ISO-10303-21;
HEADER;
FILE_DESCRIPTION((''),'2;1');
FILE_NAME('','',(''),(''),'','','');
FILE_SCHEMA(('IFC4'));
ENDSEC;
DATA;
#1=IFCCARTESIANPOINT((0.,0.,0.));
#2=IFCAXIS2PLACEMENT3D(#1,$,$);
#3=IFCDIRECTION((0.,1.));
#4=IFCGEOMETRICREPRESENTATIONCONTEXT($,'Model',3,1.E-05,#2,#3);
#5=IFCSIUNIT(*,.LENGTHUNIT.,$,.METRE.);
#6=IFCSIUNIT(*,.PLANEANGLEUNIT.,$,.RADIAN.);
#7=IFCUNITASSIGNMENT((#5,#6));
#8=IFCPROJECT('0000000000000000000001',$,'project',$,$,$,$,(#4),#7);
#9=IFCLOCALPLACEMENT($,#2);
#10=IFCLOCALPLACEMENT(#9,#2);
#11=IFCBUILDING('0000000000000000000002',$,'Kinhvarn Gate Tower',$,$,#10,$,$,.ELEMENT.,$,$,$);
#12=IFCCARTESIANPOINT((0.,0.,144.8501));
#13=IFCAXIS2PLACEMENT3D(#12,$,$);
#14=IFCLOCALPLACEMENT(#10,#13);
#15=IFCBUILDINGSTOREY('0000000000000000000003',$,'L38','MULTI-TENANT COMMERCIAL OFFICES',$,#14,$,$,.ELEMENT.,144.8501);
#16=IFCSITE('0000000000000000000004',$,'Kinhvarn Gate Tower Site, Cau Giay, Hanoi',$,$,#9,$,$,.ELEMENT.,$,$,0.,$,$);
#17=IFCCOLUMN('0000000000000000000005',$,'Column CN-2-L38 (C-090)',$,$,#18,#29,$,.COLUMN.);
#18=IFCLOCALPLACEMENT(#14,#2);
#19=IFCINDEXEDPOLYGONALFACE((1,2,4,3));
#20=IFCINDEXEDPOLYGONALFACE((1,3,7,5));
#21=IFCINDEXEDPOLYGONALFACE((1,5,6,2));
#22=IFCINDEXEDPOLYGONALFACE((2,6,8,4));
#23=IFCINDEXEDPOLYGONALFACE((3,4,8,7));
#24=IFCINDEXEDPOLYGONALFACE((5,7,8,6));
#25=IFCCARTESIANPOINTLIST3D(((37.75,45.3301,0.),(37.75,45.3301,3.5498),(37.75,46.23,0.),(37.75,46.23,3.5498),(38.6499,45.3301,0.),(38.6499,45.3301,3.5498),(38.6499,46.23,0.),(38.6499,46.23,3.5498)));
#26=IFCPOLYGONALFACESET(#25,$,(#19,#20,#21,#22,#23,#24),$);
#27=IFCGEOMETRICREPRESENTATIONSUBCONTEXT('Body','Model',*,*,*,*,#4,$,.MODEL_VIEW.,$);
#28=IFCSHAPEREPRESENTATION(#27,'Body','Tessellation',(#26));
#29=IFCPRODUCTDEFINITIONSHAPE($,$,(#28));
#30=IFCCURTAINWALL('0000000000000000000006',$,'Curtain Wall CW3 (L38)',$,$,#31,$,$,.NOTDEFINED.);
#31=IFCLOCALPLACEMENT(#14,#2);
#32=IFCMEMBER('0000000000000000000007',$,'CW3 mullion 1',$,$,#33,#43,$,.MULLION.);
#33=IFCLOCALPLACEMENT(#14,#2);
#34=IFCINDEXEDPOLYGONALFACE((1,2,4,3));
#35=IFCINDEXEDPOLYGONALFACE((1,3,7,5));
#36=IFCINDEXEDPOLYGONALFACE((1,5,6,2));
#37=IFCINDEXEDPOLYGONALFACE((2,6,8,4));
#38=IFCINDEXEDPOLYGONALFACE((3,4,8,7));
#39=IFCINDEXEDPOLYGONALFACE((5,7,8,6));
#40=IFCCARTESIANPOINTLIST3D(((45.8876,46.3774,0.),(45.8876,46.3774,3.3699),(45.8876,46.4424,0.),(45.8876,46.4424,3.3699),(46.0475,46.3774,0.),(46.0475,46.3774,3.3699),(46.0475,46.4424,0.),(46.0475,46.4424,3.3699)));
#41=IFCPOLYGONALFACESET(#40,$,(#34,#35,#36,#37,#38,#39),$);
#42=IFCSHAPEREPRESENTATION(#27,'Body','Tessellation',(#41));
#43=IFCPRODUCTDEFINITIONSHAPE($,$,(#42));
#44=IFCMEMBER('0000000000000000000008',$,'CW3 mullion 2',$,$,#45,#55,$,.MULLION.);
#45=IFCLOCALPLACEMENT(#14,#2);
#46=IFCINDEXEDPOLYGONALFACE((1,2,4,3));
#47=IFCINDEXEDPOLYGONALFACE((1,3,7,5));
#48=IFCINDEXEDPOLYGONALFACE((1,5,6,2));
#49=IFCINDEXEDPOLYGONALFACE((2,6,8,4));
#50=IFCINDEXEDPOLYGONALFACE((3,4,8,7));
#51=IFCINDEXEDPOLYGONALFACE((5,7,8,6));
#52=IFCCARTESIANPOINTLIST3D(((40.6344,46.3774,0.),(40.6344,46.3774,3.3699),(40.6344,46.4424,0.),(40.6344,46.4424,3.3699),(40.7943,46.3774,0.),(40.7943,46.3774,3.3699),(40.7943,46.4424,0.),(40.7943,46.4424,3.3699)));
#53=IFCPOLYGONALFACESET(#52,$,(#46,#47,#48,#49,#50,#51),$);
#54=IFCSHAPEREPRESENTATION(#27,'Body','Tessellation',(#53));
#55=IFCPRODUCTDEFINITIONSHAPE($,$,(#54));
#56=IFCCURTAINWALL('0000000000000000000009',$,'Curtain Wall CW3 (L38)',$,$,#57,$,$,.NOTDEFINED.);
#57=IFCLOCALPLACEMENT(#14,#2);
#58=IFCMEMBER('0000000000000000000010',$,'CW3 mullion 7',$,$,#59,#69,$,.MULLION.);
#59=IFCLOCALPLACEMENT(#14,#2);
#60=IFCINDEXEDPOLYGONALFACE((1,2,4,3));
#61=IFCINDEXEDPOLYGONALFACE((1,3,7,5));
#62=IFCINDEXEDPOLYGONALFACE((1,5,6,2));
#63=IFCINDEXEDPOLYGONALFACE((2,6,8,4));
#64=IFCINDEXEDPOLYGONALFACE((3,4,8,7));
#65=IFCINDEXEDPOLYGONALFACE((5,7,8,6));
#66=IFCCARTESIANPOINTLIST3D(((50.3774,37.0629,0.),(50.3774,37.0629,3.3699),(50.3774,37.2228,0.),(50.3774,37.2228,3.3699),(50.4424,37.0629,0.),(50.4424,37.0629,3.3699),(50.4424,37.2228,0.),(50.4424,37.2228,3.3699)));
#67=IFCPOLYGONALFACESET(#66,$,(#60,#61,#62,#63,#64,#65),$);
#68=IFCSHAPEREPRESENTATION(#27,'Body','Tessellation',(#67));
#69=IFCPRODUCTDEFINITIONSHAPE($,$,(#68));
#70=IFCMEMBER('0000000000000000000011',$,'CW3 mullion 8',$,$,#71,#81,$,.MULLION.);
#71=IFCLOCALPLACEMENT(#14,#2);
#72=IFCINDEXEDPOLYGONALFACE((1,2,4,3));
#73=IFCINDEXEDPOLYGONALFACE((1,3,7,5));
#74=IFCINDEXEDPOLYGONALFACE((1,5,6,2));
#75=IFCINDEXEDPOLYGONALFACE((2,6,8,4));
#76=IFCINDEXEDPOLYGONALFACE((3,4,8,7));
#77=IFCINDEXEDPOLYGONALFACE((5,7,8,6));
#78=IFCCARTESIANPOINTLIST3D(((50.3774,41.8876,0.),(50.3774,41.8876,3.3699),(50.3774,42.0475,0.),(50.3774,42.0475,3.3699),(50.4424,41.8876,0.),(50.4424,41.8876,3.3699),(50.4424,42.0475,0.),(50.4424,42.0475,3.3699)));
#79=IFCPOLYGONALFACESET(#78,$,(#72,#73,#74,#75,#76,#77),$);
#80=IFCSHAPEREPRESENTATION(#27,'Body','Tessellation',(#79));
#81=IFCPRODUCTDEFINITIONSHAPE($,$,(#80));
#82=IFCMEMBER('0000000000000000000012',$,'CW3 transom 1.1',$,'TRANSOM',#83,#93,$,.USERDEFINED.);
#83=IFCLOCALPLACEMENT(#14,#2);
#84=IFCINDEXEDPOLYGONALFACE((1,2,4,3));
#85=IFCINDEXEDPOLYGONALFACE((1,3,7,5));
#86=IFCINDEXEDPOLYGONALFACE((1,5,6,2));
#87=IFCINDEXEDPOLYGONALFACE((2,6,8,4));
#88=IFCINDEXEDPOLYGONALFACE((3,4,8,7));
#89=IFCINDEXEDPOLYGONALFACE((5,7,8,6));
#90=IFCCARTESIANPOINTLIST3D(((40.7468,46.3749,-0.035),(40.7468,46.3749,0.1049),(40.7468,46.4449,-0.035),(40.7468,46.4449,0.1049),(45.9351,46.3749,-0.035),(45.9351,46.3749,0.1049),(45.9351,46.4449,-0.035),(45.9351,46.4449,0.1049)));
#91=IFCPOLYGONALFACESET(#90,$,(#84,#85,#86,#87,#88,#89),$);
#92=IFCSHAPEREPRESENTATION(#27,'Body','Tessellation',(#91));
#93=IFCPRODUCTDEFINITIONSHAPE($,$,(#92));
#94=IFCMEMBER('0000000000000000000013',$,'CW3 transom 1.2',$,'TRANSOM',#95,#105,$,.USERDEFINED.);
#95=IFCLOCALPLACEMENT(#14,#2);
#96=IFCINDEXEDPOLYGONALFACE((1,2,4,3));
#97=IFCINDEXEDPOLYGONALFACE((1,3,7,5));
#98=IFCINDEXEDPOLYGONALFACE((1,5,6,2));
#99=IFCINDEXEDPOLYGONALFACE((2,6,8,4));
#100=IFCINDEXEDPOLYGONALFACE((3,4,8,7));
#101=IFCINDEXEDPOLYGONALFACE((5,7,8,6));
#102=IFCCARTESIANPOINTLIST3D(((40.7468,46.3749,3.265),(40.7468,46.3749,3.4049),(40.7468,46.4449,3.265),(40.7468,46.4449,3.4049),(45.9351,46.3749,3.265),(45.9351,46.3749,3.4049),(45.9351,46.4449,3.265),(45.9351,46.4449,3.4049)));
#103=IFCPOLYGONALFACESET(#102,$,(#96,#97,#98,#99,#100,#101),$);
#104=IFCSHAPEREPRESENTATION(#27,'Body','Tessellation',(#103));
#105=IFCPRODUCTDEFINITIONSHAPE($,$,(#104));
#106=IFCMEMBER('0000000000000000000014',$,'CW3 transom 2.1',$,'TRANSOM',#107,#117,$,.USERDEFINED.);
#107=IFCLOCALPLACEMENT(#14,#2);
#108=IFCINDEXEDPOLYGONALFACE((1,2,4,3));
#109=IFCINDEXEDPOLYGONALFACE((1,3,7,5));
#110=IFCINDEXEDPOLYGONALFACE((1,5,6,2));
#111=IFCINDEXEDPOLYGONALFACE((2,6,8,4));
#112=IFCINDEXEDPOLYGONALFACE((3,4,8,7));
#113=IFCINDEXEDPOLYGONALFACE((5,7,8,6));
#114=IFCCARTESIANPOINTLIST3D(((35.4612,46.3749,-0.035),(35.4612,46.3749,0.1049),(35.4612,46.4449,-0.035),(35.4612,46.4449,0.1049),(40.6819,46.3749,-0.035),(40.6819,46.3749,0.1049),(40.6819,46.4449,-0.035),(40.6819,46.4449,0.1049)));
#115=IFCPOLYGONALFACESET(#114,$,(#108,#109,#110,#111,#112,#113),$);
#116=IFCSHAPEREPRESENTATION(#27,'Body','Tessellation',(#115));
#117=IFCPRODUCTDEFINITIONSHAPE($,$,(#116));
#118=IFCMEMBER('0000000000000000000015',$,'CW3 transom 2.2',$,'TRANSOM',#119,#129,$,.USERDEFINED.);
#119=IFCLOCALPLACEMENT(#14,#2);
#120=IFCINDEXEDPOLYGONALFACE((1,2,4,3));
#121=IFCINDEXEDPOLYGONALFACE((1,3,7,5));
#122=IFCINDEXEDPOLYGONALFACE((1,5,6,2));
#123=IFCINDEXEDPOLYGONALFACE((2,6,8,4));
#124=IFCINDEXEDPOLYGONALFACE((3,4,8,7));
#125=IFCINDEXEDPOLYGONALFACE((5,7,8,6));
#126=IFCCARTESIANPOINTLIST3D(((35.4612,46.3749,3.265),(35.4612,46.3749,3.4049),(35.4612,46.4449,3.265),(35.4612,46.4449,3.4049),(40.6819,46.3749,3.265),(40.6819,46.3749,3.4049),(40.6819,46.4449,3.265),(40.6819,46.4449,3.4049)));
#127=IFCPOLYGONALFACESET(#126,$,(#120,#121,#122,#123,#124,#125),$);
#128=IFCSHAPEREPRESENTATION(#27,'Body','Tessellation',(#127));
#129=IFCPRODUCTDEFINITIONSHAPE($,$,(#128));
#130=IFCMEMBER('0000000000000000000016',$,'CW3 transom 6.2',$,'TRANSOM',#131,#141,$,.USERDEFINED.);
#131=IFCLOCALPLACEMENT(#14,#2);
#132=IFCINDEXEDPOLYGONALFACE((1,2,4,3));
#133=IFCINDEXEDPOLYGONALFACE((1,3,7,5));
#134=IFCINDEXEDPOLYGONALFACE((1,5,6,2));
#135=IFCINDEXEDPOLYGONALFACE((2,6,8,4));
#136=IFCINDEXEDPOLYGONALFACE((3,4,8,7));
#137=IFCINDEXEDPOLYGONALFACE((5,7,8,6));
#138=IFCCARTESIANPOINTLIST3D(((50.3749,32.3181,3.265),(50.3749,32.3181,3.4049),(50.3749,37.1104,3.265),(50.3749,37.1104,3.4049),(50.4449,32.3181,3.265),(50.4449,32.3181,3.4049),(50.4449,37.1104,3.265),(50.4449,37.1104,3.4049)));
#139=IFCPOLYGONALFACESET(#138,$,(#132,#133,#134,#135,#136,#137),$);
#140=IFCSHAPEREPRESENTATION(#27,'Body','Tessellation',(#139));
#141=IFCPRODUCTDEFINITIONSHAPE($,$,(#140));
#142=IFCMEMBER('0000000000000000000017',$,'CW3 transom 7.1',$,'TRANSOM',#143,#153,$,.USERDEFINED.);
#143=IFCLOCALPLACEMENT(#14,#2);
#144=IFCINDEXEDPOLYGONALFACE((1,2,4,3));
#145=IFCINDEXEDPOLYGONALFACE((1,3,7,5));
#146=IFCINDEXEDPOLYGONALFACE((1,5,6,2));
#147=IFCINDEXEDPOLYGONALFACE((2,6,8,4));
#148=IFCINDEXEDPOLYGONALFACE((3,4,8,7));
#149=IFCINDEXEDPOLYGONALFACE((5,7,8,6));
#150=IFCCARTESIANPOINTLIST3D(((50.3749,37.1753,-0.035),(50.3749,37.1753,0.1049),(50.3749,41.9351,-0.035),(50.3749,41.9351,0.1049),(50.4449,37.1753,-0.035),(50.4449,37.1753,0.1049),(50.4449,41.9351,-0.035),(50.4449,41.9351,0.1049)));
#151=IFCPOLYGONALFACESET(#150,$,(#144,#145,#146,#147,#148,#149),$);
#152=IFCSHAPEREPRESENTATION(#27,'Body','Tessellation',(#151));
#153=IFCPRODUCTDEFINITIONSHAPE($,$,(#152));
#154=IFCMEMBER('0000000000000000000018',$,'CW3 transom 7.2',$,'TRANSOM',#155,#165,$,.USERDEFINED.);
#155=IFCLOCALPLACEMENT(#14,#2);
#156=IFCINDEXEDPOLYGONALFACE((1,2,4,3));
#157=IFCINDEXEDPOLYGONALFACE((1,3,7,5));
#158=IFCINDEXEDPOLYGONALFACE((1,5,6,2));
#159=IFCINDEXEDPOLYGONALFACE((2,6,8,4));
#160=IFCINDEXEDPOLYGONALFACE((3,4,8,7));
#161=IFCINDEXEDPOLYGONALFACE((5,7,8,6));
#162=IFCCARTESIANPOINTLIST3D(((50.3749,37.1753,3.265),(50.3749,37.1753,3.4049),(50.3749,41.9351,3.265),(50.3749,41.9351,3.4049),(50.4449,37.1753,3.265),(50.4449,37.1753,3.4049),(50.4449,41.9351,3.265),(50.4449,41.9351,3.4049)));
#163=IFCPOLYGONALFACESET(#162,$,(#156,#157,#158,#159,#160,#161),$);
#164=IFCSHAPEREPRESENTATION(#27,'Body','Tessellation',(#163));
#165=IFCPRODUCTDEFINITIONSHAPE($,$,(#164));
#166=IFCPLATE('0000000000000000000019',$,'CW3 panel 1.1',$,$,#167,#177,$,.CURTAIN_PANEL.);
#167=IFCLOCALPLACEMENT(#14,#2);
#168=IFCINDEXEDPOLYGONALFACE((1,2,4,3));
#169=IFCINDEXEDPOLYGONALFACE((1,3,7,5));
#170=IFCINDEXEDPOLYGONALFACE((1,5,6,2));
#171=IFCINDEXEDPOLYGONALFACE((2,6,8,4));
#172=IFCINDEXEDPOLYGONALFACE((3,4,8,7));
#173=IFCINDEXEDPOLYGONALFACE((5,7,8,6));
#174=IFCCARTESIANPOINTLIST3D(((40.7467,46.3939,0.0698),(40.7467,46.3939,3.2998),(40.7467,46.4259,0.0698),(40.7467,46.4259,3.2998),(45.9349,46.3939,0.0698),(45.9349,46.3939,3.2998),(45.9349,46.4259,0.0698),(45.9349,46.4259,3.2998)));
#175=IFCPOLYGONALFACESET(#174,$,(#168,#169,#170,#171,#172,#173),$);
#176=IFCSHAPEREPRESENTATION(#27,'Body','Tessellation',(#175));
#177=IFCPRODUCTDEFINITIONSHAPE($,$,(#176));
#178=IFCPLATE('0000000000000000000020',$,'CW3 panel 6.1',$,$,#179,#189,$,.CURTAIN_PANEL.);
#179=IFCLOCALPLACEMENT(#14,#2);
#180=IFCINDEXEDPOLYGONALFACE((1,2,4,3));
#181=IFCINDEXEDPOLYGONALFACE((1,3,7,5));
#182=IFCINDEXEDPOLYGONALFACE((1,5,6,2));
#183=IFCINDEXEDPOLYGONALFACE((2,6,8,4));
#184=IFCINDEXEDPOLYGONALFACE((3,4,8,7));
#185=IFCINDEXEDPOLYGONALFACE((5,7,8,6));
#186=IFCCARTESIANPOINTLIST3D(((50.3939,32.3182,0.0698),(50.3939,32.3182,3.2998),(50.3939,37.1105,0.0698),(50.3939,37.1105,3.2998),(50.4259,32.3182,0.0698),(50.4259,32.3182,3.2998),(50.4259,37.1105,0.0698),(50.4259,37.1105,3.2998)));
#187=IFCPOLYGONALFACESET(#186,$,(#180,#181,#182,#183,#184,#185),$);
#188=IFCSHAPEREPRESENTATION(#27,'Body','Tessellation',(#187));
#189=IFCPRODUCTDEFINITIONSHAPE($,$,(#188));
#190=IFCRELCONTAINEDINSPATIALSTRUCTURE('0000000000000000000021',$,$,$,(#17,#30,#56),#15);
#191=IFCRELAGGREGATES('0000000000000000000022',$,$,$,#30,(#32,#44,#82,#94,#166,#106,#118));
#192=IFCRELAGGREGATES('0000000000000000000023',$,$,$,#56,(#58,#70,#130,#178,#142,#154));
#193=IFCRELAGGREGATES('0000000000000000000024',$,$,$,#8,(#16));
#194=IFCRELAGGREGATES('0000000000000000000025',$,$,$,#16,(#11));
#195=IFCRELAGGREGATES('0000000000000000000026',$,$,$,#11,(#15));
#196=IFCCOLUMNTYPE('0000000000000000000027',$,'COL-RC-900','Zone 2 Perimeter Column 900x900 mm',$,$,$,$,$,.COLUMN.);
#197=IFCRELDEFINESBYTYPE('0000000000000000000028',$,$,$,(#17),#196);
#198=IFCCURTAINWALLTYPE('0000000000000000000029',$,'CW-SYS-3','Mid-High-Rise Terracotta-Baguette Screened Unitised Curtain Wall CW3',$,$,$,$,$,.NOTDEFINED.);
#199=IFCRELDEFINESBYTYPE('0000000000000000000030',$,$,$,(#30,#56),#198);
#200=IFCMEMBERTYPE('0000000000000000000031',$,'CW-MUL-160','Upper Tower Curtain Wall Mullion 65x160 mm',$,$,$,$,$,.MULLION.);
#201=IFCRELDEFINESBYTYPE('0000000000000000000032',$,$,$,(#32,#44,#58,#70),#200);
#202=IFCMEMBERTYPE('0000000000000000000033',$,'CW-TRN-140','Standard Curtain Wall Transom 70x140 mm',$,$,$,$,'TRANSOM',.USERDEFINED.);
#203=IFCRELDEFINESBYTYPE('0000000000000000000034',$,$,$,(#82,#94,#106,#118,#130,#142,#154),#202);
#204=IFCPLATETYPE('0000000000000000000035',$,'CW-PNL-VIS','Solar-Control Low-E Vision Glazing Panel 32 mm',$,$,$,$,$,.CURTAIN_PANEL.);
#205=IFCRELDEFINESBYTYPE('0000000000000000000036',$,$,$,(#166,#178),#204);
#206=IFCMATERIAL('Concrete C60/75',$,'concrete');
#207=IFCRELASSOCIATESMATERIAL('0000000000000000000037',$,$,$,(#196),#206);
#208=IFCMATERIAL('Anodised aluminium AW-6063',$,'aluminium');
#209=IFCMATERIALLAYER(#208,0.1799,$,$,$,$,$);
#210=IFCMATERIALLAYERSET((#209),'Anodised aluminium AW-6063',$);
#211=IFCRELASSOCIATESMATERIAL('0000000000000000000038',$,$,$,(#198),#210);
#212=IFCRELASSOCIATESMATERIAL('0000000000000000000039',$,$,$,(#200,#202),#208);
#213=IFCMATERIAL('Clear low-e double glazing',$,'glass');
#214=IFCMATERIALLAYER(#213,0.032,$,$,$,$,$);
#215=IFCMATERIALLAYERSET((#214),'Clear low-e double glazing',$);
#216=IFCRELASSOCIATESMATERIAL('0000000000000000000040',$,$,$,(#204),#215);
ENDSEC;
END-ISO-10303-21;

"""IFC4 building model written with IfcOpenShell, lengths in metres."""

from ifc_helpers import new_model, si_unit, direction, frame, origin, origin_2d, place, context, subcontext, project, spatial, rectangle, extrude, material, layer, layer_set, material_profile, profile_set, type_object, element, aggregate, save


model = new_model("IFC4")

# Units and contexts
model_context = context("Model", 3, precision=1e-05, world=origin(), true_north=direction((0.0, 1.0)))
body_context = subcontext(model_context, "Body", "Model", "MODEL_VIEW")
ifc_project = project(units=[si_unit("LENGTHUNIT", "METRE"), si_unit("PLANEANGLEUNIT", "RADIAN")], contexts=[model_context])

# Site, building, storey
site_placement = place(None, origin())
site = spatial("IfcSite", under=ifc_project, at=site_placement, Name="Kinhvarn Gate Tower Site, Cau Giay, Hanoi", CompositionType="ELEMENT", RefElevation=0.0)
building_placement = place(site_placement, origin())
building = spatial("IfcBuilding", under=site, at=building_placement, Name="Kinhvarn Gate Tower", CompositionType="ELEMENT")
storey_placement = place(building_placement, frame((0.0, 0.0, 144.8501)))
storey = spatial("IfcBuildingStorey", under=building, at=storey_placement, Name="L38", Description="MULTI-TENANT COMMERCIAL OFFICES", CompositionType="ELEMENT", Elevation=144.8501)

# Column
ifc_material_1 = material(Name="Concrete C60/75", Category="concrete")
ifc_material_profile_1 = material_profile(ifc_material_1, rectangle(XDim=0.8999, YDim=0.8999, at=origin_2d()), Name="RC 900x900")
ifc_profile_set_1 = profile_set([ifc_material_profile_1], Name="Concrete C60/75")
column_type = type_object("IfcColumnType", Name="COL-RC-900", Description="Zone 2 Perimeter Column 900x900 mm", PredefinedType="COLUMN", material=ifc_profile_set_1)
column_placement = place(storey_placement, frame((38.2, 45.78, 0.0), z_axis=(0.0, 0.0, 1.0), x_axis=(1.0, 0.0, 0.0)))
element("IfcColumn", 1, at=column_placement, inside=storey, type_object=column_type, Name="Column CN-2-L38 (C-090)", PredefinedType="COLUMN", context=body_context, shape_type="SweptSolid", body=[
    extrude(rectangle(XDim=0.8999, YDim=0.8999, at=origin_2d()), origin(), (0.0, 0.0, 1.0), 3.5498),
])

# Curtain walls, members
ifc_material_2 = material(Name="Anodised aluminium AW-6063", Category="aluminium")
ifc_layer_1 = layer(ifc_material_2, 0.1799)
ifc_layer_set_1 = layer_set([ifc_layer_1], Name="Anodised aluminium AW-6063")
curtain_wall_type = type_object("IfcCurtainWallType", Name="CW-SYS-3", Description="Mid-High-Rise Terracotta-Baguette Screened Unitised Curtain Wall CW3", PredefinedType="NOTDEFINED", material=ifc_layer_set_1)
curtain_wall_1_placement = place(storey_placement, origin())
curtain_wall_1 = element("IfcCurtainWall", 2, at=curtain_wall_1_placement, inside=storey, type_object=curtain_wall_type, Name="Curtain Wall CW3 (L38)", PredefinedType="NOTDEFINED")
ifc_material_profile_2 = material_profile(ifc_material_2, rectangle(XDim=0.0649, YDim=0.1599, at=origin_2d()), Name="ALU 65x160")
ifc_profile_set_2 = profile_set([ifc_material_profile_2], Name="Anodised aluminium AW-6063")
member_type_1 = type_object("IfcMemberType", Name="CW-MUL-160", Description="Upper Tower Curtain Wall Mullion 65x160 mm", PredefinedType="MULLION", material=ifc_profile_set_2)
member_1_placement = place(storey_placement, frame((45.9675, 46.4099, 0.0), z_axis=(0.0, 0.0, 1.0), x_axis=(0.0, -1.0, 0.0)))
member_1 = element("IfcMember", 3, at=member_1_placement, type_object=member_type_1, Name="CW3 mullion 1", PredefinedType="MULLION", context=body_context, shape_type="SweptSolid", body=[
    extrude(rectangle(XDim=0.0649, YDim=0.1599, at=origin_2d()), origin(), (0.0, 0.0, 1.0), 3.3699),
])
member_2_placement = place(storey_placement, frame((40.7144, 46.4099, 0.0), z_axis=(0.0, 0.0, 1.0), x_axis=(0.0, -1.0, 0.0)))
member_2 = element("IfcMember", 4, at=member_2_placement, type_object=member_type_1, Name="CW3 mullion 2", PredefinedType="MULLION", context=body_context, shape_type="SweptSolid", body=[
    extrude(rectangle(XDim=0.0649, YDim=0.1599, at=origin_2d()), origin(), (0.0, 0.0, 1.0), 3.3699),
])
curtain_wall_2_placement = place(storey_placement, origin())
curtain_wall_2 = element("IfcCurtainWall", 5, at=curtain_wall_2_placement, inside=storey, type_object=curtain_wall_type, Name="Curtain Wall CW3 (L38)", PredefinedType="NOTDEFINED")
member_3_placement = place(storey_placement, frame((50.4099, 37.1428, 0.0), z_axis=(0.0, 0.0, 1.0), x_axis=(-1.0, 0.0, 0.0)))
member_3 = element("IfcMember", 6, at=member_3_placement, type_object=member_type_1, Name="CW3 mullion 7", PredefinedType="MULLION", context=body_context, shape_type="SweptSolid", body=[
    extrude(rectangle(XDim=0.0649, YDim=0.1599, at=origin_2d()), origin(), (0.0, 0.0, 1.0), 3.3699),
])
member_4_placement = place(storey_placement, frame((50.4099, 41.9675, 0.0), z_axis=(0.0, 0.0, 1.0), x_axis=(-1.0, 0.0, 0.0)))
member_4 = element("IfcMember", 7, at=member_4_placement, type_object=member_type_1, Name="CW3 mullion 8", PredefinedType="MULLION", context=body_context, shape_type="SweptSolid", body=[
    extrude(rectangle(XDim=0.0649, YDim=0.1599, at=origin_2d()), origin(), (0.0, 0.0, 1.0), 3.3699),
])

# Members
ifc_material_profile_3 = material_profile(ifc_material_2, rectangle(XDim=0.0701, YDim=0.1399, at=origin_2d()), Name="ALU 70x140")
ifc_profile_set_3 = profile_set([ifc_material_profile_3], Name="Anodised aluminium AW-6063")
member_type_2 = type_object("IfcMemberType", Name="CW-TRN-140", Description="Standard Curtain Wall Transom 70x140 mm", ElementType="TRANSOM", PredefinedType="USERDEFINED", material=ifc_profile_set_3)
member_5_placement = place(storey_placement, frame((45.9351, 46.4099, 0.0349), z_axis=(-1.0, 0.0, 0.0), x_axis=(0.0, -1.0, 0.0)))
member_5 = element("IfcMember", 8, at=member_5_placement, type_object=member_type_2, Name="CW3 transom 1.1", ObjectType="TRANSOM", PredefinedType="USERDEFINED", context=body_context, shape_type="SweptSolid", body=[
    extrude(rectangle(XDim=0.0701, YDim=0.1399, at=origin_2d()), origin(), (0.0, 0.0, 1.0), 5.1882),
])
member_6_placement = place(storey_placement, frame((45.9351, 46.4099, 3.335), z_axis=(-1.0, 0.0, 0.0), x_axis=(0.0, -1.0, 0.0)))
member_6 = element("IfcMember", 9, at=member_6_placement, type_object=member_type_2, Name="CW3 transom 1.2", ObjectType="TRANSOM", PredefinedType="USERDEFINED", context=body_context, shape_type="SweptSolid", body=[
    extrude(rectangle(XDim=0.0701, YDim=0.1399, at=origin_2d()), origin(), (0.0, 0.0, 1.0), 5.1882),
])
member_7_placement = place(storey_placement, frame((40.6819, 46.4099, 0.0349), z_axis=(-1.0, 0.0, 0.0), x_axis=(0.0, -1.0, 0.0)))
member_7 = element("IfcMember", 10, at=member_7_placement, type_object=member_type_2, Name="CW3 transom 2.1", ObjectType="TRANSOM", PredefinedType="USERDEFINED", context=body_context, shape_type="SweptSolid", body=[
    extrude(rectangle(XDim=0.0701, YDim=0.1399, at=origin_2d()), origin(), (0.0, 0.0, 1.0), 5.2207),
])
member_8_placement = place(storey_placement, frame((40.6819, 46.4099, 3.335), z_axis=(-1.0, 0.0, 0.0), x_axis=(0.0, -1.0, 0.0)))
member_8 = element("IfcMember", 11, at=member_8_placement, type_object=member_type_2, Name="CW3 transom 2.2", ObjectType="TRANSOM", PredefinedType="USERDEFINED", context=body_context, shape_type="SweptSolid", body=[
    extrude(rectangle(XDim=0.0701, YDim=0.1399, at=origin_2d()), origin(), (0.0, 0.0, 1.0), 5.2207),
])
member_9_placement = place(storey_placement, frame((50.4099, 32.3181, 3.335), z_axis=(0.0, 1.0, 0.0), x_axis=(-1.0, 0.0, 0.0)))
member_9 = element("IfcMember", 12, at=member_9_placement, type_object=member_type_2, Name="CW3 transom 6.2", ObjectType="TRANSOM", PredefinedType="USERDEFINED", context=body_context, shape_type="SweptSolid", body=[
    extrude(rectangle(XDim=0.0701, YDim=0.1399, at=origin_2d()), origin(), (0.0, 0.0, 1.0), 4.7922),
])
member_10_placement = place(storey_placement, frame((50.4099, 37.1753, 0.0349), z_axis=(0.0, 1.0, 0.0), x_axis=(-1.0, 0.0, 0.0)))
member_10 = element("IfcMember", 13, at=member_10_placement, type_object=member_type_2, Name="CW3 transom 7.1", ObjectType="TRANSOM", PredefinedType="USERDEFINED", context=body_context, shape_type="SweptSolid", body=[
    extrude(rectangle(XDim=0.0701, YDim=0.1399, at=origin_2d()), origin(), (0.0, 0.0, 1.0), 4.7598),
])
member_11_placement = place(storey_placement, frame((50.4099, 37.1753, 3.335), z_axis=(0.0, 1.0, 0.0), x_axis=(-1.0, 0.0, 0.0)))
member_11 = element("IfcMember", 14, at=member_11_placement, type_object=member_type_2, Name="CW3 transom 7.2", ObjectType="TRANSOM", PredefinedType="USERDEFINED", context=body_context, shape_type="SweptSolid", body=[
    extrude(rectangle(XDim=0.0701, YDim=0.1399, at=origin_2d()), origin(), (0.0, 0.0, 1.0), 4.7598),
])

# Plates
ifc_material_3 = material(Name="Clear low-e double glazing", Category="glass")
ifc_layer_2 = layer(ifc_material_3, 0.032)
ifc_layer_set_2 = layer_set([ifc_layer_2], Name="Clear low-e double glazing")
plate_type = type_object("IfcPlateType", Name="CW-PNL-VIS", Description="Solar-Control Low-E Vision Glazing Panel 32 mm", PredefinedType="CURTAIN_PANEL", material=ifc_layer_set_2)
plate_1_placement = place(storey_placement, frame((43.3408, 46.4099, 0.0698), z_axis=(0.0, 0.0, 1.0), x_axis=(-1.0, 0.0, 0.0)))
plate_1 = element("IfcPlate", 15, at=plate_1_placement, type_object=plate_type, Name="CW3 panel 1.1", PredefinedType="CURTAIN_PANEL", context=body_context, shape_type="SweptSolid", body=[
    extrude(rectangle(XDim=5.1882, YDim=0.032, at=origin_2d()), origin(), (0.0, 0.0, 1.0), 3.23),
])
aggregate(curtain_wall_1, [member_1, member_2, member_5, member_6, plate_1, member_7, member_8])
plate_2_placement = place(storey_placement, frame((50.4099, 34.7144, 0.0698), z_axis=(0.0, 0.0, 1.0), x_axis=(0.0, 1.0, 0.0)))
plate_2 = element("IfcPlate", 16, at=plate_2_placement, type_object=plate_type, Name="CW3 panel 6.1", PredefinedType="CURTAIN_PANEL", context=body_context, shape_type="SweptSolid", body=[
    extrude(rectangle(XDim=4.7922, YDim=0.032, at=origin_2d()), origin(), (0.0, 0.0, 1.0), 3.23),
])
aggregate(curtain_wall_2, [member_3, member_4, member_9, plate_2, member_10, member_11])

save(model, "model.ifc")
